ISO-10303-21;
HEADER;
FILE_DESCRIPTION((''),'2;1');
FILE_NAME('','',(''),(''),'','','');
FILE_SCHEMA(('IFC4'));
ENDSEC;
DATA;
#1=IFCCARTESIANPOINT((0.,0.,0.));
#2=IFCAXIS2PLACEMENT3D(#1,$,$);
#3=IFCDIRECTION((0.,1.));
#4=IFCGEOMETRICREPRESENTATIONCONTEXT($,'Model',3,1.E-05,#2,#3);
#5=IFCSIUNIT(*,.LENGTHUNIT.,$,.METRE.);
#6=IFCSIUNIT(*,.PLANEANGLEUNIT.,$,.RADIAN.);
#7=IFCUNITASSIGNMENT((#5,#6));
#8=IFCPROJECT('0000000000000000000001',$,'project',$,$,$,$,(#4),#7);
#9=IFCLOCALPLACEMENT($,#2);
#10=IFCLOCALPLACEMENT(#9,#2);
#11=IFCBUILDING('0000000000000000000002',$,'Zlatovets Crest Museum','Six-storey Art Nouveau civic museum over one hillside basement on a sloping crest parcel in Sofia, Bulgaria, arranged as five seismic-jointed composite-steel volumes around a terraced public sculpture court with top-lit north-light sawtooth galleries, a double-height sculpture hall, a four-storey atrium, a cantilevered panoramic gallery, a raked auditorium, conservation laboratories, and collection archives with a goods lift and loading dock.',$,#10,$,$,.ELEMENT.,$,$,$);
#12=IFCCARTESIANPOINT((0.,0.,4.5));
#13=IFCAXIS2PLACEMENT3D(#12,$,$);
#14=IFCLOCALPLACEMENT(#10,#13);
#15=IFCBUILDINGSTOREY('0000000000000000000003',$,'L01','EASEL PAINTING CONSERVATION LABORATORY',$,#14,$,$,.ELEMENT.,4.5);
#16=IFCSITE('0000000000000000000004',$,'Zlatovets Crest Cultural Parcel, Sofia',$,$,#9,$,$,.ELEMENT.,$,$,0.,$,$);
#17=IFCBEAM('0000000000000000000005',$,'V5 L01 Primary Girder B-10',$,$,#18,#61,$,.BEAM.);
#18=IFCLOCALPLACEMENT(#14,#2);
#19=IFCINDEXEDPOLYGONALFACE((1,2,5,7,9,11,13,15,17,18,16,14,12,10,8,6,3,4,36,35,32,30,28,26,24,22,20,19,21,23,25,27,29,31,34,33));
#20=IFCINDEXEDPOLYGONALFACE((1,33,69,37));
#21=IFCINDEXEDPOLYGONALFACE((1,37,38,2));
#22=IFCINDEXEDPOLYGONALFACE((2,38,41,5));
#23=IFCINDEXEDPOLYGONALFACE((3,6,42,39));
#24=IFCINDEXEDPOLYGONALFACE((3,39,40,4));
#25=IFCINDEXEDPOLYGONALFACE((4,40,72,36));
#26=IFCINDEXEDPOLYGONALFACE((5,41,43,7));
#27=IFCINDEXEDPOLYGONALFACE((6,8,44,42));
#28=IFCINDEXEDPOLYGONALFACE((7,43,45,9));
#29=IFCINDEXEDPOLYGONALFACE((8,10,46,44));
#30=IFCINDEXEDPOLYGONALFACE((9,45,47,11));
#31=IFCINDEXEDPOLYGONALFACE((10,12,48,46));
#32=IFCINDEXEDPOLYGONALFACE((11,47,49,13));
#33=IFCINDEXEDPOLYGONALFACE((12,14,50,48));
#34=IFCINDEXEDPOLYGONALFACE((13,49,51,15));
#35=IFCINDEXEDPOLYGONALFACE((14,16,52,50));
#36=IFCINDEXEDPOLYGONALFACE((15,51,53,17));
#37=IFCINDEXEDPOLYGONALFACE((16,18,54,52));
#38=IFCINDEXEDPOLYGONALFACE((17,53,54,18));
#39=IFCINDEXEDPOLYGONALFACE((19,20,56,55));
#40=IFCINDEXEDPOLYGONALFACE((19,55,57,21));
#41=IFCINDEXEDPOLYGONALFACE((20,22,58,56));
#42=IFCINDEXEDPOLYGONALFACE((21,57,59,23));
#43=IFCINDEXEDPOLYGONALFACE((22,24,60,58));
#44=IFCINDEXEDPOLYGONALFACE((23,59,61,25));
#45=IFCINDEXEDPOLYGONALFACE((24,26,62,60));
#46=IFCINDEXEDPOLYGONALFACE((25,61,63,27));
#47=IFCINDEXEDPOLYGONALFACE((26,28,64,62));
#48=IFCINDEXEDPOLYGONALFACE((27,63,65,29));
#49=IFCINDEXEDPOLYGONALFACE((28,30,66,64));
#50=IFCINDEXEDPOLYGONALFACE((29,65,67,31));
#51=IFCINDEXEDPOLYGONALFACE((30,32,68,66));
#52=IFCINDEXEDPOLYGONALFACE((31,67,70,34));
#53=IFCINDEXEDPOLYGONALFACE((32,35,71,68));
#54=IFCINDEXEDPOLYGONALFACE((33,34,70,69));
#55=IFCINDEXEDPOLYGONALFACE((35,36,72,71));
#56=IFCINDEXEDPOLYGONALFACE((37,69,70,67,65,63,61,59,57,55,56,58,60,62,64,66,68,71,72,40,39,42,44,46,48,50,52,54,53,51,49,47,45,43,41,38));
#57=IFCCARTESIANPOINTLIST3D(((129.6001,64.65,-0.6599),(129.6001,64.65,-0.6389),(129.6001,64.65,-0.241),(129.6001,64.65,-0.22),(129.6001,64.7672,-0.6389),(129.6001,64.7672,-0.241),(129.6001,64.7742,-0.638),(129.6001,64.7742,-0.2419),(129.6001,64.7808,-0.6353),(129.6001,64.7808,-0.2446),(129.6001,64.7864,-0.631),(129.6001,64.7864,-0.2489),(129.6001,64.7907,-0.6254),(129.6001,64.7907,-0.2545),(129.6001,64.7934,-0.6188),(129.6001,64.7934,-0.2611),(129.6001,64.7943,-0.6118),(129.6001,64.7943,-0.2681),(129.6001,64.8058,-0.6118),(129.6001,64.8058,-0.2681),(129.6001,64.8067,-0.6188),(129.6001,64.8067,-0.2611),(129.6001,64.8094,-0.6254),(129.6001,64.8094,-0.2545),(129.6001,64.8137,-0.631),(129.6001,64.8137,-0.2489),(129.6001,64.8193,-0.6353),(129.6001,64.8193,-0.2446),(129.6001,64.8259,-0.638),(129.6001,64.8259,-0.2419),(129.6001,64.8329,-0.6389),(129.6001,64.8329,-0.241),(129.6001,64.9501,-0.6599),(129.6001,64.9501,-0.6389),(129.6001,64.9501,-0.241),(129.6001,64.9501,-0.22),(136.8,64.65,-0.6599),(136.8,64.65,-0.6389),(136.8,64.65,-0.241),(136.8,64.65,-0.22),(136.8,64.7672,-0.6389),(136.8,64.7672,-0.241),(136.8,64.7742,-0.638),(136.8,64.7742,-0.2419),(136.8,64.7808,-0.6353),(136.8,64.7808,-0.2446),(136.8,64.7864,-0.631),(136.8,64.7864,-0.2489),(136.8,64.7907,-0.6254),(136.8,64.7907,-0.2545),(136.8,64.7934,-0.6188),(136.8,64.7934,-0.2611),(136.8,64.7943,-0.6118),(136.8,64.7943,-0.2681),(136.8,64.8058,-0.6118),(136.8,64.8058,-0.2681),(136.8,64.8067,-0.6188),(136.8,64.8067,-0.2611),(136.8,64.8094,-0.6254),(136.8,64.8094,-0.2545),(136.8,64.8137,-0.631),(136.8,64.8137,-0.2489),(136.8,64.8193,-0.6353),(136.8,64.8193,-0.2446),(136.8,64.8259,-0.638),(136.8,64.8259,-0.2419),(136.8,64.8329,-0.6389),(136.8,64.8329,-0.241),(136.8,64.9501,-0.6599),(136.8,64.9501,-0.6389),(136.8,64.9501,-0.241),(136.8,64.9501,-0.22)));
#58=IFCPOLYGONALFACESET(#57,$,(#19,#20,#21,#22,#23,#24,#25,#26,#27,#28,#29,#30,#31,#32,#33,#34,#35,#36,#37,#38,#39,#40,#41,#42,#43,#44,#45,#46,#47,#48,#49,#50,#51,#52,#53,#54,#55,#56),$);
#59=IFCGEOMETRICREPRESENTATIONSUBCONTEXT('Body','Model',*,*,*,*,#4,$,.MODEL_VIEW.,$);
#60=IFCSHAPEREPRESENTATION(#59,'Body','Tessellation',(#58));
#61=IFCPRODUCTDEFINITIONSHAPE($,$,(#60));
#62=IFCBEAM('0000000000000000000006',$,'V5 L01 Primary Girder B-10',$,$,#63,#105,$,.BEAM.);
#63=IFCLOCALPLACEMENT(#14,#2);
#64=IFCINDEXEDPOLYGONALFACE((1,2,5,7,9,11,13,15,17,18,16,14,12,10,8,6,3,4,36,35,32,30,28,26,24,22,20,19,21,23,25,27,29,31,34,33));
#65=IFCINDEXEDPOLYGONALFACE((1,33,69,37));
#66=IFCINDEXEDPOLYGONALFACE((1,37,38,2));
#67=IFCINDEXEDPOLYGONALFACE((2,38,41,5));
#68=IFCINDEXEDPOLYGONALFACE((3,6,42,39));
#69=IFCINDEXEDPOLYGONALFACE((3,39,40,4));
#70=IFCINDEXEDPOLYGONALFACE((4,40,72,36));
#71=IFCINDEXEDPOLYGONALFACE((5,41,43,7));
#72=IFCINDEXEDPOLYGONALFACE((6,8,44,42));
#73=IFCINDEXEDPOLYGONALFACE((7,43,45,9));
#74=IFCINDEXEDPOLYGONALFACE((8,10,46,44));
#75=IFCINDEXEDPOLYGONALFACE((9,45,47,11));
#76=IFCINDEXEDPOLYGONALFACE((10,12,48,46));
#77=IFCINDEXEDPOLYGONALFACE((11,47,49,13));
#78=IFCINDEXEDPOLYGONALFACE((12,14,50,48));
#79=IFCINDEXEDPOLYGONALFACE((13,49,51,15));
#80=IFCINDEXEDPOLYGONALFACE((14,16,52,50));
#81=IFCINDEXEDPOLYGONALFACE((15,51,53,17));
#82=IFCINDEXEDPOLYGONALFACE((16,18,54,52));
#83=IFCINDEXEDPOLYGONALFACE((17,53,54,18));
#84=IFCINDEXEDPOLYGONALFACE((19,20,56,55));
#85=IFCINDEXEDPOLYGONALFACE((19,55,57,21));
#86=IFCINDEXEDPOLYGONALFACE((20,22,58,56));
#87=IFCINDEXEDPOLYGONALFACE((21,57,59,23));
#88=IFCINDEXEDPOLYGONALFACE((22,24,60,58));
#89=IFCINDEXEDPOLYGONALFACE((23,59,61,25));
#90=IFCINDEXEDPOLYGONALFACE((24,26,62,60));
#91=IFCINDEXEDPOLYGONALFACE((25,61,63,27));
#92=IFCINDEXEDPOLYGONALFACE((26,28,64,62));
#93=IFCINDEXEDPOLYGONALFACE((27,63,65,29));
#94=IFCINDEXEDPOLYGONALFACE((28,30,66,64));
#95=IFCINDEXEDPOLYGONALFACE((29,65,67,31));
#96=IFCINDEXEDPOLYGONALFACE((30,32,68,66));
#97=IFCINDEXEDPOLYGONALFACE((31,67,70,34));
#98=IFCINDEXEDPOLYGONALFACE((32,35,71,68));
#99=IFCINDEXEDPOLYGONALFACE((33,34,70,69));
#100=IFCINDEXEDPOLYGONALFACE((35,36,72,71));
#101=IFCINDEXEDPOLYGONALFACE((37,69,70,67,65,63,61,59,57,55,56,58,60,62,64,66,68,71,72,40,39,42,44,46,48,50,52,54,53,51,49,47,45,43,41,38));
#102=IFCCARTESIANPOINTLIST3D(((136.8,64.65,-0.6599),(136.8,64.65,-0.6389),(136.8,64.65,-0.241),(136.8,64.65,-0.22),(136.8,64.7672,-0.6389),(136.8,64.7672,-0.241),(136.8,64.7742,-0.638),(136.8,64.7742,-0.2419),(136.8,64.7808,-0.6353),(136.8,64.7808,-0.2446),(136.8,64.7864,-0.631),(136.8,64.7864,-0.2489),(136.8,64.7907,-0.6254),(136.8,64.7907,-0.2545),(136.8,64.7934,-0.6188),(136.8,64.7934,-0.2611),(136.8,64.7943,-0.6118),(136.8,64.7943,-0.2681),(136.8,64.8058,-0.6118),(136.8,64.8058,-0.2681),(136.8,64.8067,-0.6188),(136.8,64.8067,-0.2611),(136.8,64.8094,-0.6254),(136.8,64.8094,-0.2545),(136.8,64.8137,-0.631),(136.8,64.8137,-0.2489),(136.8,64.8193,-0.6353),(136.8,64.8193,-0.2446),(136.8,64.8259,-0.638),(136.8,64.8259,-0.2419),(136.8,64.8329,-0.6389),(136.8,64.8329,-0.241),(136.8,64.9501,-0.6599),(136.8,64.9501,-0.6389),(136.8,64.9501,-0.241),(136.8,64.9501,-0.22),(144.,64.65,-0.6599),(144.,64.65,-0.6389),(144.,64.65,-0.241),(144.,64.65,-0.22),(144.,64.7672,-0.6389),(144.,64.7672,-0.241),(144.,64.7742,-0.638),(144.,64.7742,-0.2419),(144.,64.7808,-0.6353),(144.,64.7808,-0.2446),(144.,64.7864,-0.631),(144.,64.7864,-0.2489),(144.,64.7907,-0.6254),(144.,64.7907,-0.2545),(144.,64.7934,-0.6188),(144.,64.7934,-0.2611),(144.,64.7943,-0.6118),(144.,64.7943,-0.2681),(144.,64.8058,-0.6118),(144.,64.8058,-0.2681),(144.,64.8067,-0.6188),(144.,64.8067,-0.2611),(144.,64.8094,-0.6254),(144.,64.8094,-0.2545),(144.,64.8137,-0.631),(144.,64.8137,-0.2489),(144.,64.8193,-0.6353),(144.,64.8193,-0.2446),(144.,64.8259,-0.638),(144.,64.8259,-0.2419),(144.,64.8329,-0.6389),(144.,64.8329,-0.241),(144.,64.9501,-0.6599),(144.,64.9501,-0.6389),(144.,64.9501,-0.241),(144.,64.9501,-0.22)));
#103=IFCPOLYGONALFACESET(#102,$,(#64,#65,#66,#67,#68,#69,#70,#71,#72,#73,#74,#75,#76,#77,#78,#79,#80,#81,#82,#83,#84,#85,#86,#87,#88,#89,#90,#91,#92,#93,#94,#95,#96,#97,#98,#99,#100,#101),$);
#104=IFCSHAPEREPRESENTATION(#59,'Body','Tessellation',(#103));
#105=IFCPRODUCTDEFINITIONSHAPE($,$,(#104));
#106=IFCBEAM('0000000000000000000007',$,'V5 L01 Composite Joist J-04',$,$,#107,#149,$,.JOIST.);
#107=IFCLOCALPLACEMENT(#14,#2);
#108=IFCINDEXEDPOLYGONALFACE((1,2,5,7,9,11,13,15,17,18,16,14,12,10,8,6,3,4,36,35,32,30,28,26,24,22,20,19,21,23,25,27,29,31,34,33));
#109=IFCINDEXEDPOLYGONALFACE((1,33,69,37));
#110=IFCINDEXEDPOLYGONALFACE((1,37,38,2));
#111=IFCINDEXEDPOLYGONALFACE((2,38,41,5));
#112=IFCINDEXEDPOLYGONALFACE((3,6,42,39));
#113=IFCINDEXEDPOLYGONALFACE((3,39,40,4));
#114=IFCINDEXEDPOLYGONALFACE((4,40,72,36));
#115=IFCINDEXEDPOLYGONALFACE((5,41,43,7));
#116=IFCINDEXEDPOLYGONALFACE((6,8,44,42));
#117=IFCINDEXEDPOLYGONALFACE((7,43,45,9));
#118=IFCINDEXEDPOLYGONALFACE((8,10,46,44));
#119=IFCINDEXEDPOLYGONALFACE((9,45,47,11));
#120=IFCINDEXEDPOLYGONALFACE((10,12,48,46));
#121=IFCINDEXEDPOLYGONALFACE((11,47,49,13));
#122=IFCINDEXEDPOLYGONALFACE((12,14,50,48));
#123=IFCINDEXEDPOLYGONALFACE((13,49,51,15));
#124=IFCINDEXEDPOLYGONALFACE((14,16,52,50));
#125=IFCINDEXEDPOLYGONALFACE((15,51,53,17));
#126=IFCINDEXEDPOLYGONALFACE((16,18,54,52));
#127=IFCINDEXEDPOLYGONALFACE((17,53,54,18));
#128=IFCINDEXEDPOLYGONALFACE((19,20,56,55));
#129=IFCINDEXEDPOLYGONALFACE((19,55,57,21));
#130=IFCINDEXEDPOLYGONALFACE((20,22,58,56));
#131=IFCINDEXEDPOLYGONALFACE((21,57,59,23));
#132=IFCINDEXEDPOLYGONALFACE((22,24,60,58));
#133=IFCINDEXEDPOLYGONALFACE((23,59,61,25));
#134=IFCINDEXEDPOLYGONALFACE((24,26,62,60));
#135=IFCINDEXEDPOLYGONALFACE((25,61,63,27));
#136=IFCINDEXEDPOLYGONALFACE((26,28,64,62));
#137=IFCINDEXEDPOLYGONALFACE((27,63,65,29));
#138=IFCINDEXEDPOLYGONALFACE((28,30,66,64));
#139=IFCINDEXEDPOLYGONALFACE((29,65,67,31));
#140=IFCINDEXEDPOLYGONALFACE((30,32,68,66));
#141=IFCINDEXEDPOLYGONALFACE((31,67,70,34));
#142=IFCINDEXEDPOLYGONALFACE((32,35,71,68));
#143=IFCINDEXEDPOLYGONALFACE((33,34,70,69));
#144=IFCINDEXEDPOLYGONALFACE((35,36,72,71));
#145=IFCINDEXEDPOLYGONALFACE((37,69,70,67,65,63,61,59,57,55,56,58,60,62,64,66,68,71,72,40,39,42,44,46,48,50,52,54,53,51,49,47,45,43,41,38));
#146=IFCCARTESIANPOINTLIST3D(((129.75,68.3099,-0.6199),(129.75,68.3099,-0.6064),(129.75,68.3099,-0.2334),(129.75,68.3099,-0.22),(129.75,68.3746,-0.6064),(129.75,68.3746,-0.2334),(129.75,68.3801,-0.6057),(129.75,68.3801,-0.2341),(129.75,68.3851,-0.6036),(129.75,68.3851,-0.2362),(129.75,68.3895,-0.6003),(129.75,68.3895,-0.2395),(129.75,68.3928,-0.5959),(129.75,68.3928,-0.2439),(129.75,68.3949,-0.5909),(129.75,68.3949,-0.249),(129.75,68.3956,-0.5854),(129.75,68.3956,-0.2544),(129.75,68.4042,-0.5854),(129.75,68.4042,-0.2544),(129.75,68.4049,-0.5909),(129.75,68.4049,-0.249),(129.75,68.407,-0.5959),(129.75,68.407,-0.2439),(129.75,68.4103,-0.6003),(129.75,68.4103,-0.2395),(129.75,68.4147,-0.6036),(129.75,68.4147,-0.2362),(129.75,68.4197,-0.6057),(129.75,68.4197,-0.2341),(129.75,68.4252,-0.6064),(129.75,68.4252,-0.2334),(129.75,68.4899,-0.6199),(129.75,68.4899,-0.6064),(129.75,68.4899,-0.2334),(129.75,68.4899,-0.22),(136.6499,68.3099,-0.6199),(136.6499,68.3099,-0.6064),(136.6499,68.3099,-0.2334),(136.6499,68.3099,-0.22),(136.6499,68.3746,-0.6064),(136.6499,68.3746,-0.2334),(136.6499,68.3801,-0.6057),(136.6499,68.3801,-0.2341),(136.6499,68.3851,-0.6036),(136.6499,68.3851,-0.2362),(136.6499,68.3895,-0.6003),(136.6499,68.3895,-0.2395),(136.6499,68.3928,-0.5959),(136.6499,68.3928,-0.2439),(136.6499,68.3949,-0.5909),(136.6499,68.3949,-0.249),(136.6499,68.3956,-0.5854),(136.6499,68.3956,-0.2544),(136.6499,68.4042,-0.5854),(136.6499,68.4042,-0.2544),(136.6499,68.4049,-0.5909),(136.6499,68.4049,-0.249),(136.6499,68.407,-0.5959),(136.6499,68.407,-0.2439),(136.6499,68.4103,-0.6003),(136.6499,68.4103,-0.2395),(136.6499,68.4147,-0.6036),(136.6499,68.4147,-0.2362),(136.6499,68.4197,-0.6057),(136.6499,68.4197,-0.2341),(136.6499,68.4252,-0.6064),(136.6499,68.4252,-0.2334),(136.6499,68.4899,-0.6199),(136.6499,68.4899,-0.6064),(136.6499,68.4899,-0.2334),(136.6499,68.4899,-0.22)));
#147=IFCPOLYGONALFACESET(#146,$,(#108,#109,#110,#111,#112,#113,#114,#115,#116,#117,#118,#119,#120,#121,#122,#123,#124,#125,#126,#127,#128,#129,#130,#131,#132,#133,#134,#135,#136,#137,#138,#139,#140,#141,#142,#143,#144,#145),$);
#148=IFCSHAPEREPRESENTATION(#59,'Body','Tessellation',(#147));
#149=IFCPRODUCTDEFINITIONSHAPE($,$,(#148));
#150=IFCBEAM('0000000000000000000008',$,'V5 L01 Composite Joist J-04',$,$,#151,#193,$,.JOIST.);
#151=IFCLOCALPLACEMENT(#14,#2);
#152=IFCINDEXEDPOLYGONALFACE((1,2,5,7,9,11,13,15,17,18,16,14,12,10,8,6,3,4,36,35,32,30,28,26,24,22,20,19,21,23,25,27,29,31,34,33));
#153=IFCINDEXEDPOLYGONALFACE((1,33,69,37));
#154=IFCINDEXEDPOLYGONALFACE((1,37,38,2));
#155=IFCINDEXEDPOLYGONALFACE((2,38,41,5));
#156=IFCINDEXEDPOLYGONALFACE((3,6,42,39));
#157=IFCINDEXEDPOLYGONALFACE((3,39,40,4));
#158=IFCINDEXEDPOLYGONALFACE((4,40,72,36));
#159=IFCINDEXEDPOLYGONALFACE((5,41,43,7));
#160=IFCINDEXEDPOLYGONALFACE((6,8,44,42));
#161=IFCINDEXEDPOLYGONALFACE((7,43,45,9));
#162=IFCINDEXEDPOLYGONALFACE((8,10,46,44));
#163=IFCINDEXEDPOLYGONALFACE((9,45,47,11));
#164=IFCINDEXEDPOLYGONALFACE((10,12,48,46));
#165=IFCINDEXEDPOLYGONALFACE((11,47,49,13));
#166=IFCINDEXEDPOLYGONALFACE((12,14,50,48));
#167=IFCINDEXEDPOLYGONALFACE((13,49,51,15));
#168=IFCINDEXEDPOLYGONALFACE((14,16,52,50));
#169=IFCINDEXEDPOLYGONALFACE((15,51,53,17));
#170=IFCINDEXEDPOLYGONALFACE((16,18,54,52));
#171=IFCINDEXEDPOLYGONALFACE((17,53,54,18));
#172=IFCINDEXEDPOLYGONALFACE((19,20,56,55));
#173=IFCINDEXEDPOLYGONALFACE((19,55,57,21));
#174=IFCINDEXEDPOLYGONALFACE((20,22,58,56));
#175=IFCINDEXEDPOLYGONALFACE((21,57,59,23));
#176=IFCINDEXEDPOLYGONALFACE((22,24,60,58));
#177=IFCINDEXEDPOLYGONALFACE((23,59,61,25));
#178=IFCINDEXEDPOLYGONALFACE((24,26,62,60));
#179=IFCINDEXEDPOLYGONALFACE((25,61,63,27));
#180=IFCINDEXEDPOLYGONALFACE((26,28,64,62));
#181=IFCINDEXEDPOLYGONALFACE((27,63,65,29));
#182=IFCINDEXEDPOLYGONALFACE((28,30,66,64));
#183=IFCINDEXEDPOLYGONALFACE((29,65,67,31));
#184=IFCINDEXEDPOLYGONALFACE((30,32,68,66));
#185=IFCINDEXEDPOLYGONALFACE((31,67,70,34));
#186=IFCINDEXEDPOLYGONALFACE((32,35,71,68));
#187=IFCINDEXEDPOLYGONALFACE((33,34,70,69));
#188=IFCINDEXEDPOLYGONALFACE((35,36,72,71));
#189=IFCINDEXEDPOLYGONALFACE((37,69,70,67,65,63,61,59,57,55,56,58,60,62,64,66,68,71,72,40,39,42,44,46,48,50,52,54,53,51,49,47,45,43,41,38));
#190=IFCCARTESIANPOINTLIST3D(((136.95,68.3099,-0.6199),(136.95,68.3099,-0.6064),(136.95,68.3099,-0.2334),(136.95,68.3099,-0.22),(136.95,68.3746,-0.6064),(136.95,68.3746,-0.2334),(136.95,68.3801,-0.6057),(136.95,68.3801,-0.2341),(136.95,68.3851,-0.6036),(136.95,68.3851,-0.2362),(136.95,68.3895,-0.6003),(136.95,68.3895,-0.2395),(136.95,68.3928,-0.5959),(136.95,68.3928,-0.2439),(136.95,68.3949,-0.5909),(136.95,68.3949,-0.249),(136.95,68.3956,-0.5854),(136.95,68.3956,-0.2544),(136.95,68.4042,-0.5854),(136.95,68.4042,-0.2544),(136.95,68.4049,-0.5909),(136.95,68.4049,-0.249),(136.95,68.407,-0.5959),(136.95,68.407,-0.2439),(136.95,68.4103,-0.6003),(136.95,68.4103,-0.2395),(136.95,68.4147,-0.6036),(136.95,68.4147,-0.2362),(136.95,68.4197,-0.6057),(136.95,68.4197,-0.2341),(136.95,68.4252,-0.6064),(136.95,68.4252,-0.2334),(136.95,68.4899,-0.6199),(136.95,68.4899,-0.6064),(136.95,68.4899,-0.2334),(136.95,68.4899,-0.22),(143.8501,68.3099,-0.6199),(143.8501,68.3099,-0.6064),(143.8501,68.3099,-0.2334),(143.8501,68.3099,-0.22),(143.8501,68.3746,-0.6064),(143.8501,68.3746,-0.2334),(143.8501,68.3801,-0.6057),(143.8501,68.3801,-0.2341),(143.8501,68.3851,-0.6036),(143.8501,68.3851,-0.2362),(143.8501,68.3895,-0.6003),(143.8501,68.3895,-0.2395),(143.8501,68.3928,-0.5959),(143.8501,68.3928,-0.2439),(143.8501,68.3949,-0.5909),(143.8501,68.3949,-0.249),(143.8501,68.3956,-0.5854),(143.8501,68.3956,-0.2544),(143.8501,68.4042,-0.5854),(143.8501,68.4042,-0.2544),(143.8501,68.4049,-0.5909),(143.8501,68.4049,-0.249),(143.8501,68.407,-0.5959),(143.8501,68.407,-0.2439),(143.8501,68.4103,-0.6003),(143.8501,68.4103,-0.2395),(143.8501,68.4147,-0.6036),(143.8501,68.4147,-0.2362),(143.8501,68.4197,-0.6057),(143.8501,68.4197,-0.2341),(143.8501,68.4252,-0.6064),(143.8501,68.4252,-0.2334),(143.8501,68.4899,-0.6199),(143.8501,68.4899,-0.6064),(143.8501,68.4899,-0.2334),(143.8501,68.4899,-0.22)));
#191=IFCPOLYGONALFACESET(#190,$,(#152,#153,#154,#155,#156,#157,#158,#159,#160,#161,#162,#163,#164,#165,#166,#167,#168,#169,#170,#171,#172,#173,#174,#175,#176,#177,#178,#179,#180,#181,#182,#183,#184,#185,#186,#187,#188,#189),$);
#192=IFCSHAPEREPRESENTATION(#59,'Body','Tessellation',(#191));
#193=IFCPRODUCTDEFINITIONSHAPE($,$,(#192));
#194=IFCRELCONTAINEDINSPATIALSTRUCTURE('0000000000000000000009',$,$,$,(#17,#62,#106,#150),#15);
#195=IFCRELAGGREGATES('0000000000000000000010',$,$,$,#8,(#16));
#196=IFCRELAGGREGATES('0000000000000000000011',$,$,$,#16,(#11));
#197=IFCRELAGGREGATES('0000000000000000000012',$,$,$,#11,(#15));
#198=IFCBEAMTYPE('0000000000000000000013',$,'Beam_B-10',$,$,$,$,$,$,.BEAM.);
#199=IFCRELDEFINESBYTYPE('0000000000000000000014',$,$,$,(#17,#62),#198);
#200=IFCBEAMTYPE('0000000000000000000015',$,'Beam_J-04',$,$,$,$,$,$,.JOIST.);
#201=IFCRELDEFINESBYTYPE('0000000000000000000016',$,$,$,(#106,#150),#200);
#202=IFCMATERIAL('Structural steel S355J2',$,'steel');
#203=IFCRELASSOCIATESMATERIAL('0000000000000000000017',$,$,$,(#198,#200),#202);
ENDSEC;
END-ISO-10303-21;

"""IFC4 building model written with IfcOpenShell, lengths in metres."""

from ifc_helpers import new_model, si_unit, direction, frame, origin, origin_2d, place, context, subcontext, project, spatial, i_section, extrude, material, material_profile, profile_set, type_object, element, save


model = new_model("IFC4")

# Units and contexts
model_context = context("Model", 3, precision=1e-05, world=origin(), true_north=direction((0.0, 1.0)))
body_context = subcontext(model_context, "Body", "Model", "MODEL_VIEW")
ifc_project = project(units=[si_unit("LENGTHUNIT", "METRE"), si_unit("PLANEANGLEUNIT", "RADIAN")], contexts=[model_context])

# Site, building, storey
site_placement = place(None, origin())
site = spatial("IfcSite", under=ifc_project, at=site_placement, Name="Zlatovets Crest Cultural Parcel, Sofia", CompositionType="ELEMENT", RefElevation=0.0)
building_placement = place(site_placement, origin())
building = spatial("IfcBuilding", under=site, at=building_placement, Name="Zlatovets Crest Museum", Description="Six-storey Art Nouveau civic museum over one hillside basement on a sloping crest parcel in Sofia, Bulgaria, arranged as five seismic-jointed composite-steel volumes around a terraced public sculpture court with top-lit north-light sawtooth galleries, a double-height sculpture hall, a four-storey atrium, a cantilevered panoramic gallery, a raked auditorium, conservation laboratories, and collection archives with a goods lift and loading dock.", CompositionType="ELEMENT")
storey_placement = place(building_placement, frame((0.0, 0.0, 4.5)))
storey = spatial("IfcBuildingStorey", under=building, at=storey_placement, Name="L01", Description="EASEL PAINTING CONSERVATION LABORATORY", CompositionType="ELEMENT", Elevation=4.5)

# Shared definitions
ifc_material_1 = material(Name="Structural steel S355J2", Category="steel")

# Beams
ifc_material_profile_1 = material_profile(ifc_material_1, i_section(OverallWidth=0.3, OverallDepth=0.4399, WebThickness=0.0115, FlangeThickness=0.021, FilletRadius=0.0271, at=origin_2d()), Name="HEA 450")
ifc_profile_set_1 = profile_set([ifc_material_profile_1], Name="Structural steel S355J2")
beam_type_1 = type_object("IfcBeamType", Name="Beam_B-10", PredefinedType="BEAM", material=ifc_profile_set_1)
for number, where, z_axis, x_axis, name in (
    (1, (129.6001, 64.8, -0.4399), (1.0, 0.0, 0.0), (0.0, 1.0, 0.0), "V5 L01 Primary Girder B-10"),
    (2, (136.8, 64.8, -0.4399), (1.0, 0.0, 0.0), (0.0, 1.0, 0.0), "V5 L01 Primary Girder B-10"),
):
    element("IfcBeam", number, at=place(storey_placement, frame(where, z_axis=z_axis, x_axis=x_axis)), inside=storey, type_object=beam_type_1, Name=name, PredefinedType="BEAM", context=body_context, shape_type="SweptSolid", body=[
        extrude(i_section(OverallWidth=0.3, OverallDepth=0.4399, WebThickness=0.0115, FlangeThickness=0.021, FilletRadius=0.0271, at=origin_2d()), origin(), (0.0, 0.0, 1.0), 7.2),
    ])
ifc_material_profile_2 = material_profile(ifc_material_1, i_section(OverallWidth=0.1799, OverallDepth=0.3999, WebThickness=0.0085, FlangeThickness=0.0134, FilletRadius=0.021, at=origin_2d()), Name="IPE 400")
ifc_profile_set_2 = profile_set([ifc_material_profile_2], Name="Structural steel S355J2")
beam_type_2 = type_object("IfcBeamType", Name="Beam_J-04", PredefinedType="JOIST", material=ifc_profile_set_2)
beam_1_placement = place(storey_placement, frame((129.75, 68.3999, -0.4199), z_axis=(1.0, 0.0, 0.0), x_axis=(0.0, 1.0, 0.0)))
element("IfcBeam", 3, at=beam_1_placement, inside=storey, type_object=beam_type_2, Name="V5 L01 Composite Joist J-04", PredefinedType="JOIST", context=body_context, shape_type="SweptSolid", body=[
    extrude(i_section(OverallWidth=0.1799, OverallDepth=0.3999, WebThickness=0.0085, FlangeThickness=0.0134, FilletRadius=0.021, at=origin_2d()), origin(), (0.0, 0.0, 1.0), 6.8999),
])
beam_2_placement = place(storey_placement, frame((136.95, 68.3999, -0.4199), z_axis=(1.0, 0.0, 0.0), x_axis=(0.0, 1.0, 0.0)))
element("IfcBeam", 4, at=beam_2_placement, inside=storey, type_object=beam_type_2, Name="V5 L01 Composite Joist J-04", PredefinedType="JOIST", context=body_context, shape_type="SweptSolid", body=[
    extrude(i_section(OverallWidth=0.1799, OverallDepth=0.3999, WebThickness=0.0085, FlangeThickness=0.0134, FilletRadius=0.021, at=origin_2d()), origin(), (0.0, 0.0, 1.0), 6.9001),
])

save(model, "model.ifc")
